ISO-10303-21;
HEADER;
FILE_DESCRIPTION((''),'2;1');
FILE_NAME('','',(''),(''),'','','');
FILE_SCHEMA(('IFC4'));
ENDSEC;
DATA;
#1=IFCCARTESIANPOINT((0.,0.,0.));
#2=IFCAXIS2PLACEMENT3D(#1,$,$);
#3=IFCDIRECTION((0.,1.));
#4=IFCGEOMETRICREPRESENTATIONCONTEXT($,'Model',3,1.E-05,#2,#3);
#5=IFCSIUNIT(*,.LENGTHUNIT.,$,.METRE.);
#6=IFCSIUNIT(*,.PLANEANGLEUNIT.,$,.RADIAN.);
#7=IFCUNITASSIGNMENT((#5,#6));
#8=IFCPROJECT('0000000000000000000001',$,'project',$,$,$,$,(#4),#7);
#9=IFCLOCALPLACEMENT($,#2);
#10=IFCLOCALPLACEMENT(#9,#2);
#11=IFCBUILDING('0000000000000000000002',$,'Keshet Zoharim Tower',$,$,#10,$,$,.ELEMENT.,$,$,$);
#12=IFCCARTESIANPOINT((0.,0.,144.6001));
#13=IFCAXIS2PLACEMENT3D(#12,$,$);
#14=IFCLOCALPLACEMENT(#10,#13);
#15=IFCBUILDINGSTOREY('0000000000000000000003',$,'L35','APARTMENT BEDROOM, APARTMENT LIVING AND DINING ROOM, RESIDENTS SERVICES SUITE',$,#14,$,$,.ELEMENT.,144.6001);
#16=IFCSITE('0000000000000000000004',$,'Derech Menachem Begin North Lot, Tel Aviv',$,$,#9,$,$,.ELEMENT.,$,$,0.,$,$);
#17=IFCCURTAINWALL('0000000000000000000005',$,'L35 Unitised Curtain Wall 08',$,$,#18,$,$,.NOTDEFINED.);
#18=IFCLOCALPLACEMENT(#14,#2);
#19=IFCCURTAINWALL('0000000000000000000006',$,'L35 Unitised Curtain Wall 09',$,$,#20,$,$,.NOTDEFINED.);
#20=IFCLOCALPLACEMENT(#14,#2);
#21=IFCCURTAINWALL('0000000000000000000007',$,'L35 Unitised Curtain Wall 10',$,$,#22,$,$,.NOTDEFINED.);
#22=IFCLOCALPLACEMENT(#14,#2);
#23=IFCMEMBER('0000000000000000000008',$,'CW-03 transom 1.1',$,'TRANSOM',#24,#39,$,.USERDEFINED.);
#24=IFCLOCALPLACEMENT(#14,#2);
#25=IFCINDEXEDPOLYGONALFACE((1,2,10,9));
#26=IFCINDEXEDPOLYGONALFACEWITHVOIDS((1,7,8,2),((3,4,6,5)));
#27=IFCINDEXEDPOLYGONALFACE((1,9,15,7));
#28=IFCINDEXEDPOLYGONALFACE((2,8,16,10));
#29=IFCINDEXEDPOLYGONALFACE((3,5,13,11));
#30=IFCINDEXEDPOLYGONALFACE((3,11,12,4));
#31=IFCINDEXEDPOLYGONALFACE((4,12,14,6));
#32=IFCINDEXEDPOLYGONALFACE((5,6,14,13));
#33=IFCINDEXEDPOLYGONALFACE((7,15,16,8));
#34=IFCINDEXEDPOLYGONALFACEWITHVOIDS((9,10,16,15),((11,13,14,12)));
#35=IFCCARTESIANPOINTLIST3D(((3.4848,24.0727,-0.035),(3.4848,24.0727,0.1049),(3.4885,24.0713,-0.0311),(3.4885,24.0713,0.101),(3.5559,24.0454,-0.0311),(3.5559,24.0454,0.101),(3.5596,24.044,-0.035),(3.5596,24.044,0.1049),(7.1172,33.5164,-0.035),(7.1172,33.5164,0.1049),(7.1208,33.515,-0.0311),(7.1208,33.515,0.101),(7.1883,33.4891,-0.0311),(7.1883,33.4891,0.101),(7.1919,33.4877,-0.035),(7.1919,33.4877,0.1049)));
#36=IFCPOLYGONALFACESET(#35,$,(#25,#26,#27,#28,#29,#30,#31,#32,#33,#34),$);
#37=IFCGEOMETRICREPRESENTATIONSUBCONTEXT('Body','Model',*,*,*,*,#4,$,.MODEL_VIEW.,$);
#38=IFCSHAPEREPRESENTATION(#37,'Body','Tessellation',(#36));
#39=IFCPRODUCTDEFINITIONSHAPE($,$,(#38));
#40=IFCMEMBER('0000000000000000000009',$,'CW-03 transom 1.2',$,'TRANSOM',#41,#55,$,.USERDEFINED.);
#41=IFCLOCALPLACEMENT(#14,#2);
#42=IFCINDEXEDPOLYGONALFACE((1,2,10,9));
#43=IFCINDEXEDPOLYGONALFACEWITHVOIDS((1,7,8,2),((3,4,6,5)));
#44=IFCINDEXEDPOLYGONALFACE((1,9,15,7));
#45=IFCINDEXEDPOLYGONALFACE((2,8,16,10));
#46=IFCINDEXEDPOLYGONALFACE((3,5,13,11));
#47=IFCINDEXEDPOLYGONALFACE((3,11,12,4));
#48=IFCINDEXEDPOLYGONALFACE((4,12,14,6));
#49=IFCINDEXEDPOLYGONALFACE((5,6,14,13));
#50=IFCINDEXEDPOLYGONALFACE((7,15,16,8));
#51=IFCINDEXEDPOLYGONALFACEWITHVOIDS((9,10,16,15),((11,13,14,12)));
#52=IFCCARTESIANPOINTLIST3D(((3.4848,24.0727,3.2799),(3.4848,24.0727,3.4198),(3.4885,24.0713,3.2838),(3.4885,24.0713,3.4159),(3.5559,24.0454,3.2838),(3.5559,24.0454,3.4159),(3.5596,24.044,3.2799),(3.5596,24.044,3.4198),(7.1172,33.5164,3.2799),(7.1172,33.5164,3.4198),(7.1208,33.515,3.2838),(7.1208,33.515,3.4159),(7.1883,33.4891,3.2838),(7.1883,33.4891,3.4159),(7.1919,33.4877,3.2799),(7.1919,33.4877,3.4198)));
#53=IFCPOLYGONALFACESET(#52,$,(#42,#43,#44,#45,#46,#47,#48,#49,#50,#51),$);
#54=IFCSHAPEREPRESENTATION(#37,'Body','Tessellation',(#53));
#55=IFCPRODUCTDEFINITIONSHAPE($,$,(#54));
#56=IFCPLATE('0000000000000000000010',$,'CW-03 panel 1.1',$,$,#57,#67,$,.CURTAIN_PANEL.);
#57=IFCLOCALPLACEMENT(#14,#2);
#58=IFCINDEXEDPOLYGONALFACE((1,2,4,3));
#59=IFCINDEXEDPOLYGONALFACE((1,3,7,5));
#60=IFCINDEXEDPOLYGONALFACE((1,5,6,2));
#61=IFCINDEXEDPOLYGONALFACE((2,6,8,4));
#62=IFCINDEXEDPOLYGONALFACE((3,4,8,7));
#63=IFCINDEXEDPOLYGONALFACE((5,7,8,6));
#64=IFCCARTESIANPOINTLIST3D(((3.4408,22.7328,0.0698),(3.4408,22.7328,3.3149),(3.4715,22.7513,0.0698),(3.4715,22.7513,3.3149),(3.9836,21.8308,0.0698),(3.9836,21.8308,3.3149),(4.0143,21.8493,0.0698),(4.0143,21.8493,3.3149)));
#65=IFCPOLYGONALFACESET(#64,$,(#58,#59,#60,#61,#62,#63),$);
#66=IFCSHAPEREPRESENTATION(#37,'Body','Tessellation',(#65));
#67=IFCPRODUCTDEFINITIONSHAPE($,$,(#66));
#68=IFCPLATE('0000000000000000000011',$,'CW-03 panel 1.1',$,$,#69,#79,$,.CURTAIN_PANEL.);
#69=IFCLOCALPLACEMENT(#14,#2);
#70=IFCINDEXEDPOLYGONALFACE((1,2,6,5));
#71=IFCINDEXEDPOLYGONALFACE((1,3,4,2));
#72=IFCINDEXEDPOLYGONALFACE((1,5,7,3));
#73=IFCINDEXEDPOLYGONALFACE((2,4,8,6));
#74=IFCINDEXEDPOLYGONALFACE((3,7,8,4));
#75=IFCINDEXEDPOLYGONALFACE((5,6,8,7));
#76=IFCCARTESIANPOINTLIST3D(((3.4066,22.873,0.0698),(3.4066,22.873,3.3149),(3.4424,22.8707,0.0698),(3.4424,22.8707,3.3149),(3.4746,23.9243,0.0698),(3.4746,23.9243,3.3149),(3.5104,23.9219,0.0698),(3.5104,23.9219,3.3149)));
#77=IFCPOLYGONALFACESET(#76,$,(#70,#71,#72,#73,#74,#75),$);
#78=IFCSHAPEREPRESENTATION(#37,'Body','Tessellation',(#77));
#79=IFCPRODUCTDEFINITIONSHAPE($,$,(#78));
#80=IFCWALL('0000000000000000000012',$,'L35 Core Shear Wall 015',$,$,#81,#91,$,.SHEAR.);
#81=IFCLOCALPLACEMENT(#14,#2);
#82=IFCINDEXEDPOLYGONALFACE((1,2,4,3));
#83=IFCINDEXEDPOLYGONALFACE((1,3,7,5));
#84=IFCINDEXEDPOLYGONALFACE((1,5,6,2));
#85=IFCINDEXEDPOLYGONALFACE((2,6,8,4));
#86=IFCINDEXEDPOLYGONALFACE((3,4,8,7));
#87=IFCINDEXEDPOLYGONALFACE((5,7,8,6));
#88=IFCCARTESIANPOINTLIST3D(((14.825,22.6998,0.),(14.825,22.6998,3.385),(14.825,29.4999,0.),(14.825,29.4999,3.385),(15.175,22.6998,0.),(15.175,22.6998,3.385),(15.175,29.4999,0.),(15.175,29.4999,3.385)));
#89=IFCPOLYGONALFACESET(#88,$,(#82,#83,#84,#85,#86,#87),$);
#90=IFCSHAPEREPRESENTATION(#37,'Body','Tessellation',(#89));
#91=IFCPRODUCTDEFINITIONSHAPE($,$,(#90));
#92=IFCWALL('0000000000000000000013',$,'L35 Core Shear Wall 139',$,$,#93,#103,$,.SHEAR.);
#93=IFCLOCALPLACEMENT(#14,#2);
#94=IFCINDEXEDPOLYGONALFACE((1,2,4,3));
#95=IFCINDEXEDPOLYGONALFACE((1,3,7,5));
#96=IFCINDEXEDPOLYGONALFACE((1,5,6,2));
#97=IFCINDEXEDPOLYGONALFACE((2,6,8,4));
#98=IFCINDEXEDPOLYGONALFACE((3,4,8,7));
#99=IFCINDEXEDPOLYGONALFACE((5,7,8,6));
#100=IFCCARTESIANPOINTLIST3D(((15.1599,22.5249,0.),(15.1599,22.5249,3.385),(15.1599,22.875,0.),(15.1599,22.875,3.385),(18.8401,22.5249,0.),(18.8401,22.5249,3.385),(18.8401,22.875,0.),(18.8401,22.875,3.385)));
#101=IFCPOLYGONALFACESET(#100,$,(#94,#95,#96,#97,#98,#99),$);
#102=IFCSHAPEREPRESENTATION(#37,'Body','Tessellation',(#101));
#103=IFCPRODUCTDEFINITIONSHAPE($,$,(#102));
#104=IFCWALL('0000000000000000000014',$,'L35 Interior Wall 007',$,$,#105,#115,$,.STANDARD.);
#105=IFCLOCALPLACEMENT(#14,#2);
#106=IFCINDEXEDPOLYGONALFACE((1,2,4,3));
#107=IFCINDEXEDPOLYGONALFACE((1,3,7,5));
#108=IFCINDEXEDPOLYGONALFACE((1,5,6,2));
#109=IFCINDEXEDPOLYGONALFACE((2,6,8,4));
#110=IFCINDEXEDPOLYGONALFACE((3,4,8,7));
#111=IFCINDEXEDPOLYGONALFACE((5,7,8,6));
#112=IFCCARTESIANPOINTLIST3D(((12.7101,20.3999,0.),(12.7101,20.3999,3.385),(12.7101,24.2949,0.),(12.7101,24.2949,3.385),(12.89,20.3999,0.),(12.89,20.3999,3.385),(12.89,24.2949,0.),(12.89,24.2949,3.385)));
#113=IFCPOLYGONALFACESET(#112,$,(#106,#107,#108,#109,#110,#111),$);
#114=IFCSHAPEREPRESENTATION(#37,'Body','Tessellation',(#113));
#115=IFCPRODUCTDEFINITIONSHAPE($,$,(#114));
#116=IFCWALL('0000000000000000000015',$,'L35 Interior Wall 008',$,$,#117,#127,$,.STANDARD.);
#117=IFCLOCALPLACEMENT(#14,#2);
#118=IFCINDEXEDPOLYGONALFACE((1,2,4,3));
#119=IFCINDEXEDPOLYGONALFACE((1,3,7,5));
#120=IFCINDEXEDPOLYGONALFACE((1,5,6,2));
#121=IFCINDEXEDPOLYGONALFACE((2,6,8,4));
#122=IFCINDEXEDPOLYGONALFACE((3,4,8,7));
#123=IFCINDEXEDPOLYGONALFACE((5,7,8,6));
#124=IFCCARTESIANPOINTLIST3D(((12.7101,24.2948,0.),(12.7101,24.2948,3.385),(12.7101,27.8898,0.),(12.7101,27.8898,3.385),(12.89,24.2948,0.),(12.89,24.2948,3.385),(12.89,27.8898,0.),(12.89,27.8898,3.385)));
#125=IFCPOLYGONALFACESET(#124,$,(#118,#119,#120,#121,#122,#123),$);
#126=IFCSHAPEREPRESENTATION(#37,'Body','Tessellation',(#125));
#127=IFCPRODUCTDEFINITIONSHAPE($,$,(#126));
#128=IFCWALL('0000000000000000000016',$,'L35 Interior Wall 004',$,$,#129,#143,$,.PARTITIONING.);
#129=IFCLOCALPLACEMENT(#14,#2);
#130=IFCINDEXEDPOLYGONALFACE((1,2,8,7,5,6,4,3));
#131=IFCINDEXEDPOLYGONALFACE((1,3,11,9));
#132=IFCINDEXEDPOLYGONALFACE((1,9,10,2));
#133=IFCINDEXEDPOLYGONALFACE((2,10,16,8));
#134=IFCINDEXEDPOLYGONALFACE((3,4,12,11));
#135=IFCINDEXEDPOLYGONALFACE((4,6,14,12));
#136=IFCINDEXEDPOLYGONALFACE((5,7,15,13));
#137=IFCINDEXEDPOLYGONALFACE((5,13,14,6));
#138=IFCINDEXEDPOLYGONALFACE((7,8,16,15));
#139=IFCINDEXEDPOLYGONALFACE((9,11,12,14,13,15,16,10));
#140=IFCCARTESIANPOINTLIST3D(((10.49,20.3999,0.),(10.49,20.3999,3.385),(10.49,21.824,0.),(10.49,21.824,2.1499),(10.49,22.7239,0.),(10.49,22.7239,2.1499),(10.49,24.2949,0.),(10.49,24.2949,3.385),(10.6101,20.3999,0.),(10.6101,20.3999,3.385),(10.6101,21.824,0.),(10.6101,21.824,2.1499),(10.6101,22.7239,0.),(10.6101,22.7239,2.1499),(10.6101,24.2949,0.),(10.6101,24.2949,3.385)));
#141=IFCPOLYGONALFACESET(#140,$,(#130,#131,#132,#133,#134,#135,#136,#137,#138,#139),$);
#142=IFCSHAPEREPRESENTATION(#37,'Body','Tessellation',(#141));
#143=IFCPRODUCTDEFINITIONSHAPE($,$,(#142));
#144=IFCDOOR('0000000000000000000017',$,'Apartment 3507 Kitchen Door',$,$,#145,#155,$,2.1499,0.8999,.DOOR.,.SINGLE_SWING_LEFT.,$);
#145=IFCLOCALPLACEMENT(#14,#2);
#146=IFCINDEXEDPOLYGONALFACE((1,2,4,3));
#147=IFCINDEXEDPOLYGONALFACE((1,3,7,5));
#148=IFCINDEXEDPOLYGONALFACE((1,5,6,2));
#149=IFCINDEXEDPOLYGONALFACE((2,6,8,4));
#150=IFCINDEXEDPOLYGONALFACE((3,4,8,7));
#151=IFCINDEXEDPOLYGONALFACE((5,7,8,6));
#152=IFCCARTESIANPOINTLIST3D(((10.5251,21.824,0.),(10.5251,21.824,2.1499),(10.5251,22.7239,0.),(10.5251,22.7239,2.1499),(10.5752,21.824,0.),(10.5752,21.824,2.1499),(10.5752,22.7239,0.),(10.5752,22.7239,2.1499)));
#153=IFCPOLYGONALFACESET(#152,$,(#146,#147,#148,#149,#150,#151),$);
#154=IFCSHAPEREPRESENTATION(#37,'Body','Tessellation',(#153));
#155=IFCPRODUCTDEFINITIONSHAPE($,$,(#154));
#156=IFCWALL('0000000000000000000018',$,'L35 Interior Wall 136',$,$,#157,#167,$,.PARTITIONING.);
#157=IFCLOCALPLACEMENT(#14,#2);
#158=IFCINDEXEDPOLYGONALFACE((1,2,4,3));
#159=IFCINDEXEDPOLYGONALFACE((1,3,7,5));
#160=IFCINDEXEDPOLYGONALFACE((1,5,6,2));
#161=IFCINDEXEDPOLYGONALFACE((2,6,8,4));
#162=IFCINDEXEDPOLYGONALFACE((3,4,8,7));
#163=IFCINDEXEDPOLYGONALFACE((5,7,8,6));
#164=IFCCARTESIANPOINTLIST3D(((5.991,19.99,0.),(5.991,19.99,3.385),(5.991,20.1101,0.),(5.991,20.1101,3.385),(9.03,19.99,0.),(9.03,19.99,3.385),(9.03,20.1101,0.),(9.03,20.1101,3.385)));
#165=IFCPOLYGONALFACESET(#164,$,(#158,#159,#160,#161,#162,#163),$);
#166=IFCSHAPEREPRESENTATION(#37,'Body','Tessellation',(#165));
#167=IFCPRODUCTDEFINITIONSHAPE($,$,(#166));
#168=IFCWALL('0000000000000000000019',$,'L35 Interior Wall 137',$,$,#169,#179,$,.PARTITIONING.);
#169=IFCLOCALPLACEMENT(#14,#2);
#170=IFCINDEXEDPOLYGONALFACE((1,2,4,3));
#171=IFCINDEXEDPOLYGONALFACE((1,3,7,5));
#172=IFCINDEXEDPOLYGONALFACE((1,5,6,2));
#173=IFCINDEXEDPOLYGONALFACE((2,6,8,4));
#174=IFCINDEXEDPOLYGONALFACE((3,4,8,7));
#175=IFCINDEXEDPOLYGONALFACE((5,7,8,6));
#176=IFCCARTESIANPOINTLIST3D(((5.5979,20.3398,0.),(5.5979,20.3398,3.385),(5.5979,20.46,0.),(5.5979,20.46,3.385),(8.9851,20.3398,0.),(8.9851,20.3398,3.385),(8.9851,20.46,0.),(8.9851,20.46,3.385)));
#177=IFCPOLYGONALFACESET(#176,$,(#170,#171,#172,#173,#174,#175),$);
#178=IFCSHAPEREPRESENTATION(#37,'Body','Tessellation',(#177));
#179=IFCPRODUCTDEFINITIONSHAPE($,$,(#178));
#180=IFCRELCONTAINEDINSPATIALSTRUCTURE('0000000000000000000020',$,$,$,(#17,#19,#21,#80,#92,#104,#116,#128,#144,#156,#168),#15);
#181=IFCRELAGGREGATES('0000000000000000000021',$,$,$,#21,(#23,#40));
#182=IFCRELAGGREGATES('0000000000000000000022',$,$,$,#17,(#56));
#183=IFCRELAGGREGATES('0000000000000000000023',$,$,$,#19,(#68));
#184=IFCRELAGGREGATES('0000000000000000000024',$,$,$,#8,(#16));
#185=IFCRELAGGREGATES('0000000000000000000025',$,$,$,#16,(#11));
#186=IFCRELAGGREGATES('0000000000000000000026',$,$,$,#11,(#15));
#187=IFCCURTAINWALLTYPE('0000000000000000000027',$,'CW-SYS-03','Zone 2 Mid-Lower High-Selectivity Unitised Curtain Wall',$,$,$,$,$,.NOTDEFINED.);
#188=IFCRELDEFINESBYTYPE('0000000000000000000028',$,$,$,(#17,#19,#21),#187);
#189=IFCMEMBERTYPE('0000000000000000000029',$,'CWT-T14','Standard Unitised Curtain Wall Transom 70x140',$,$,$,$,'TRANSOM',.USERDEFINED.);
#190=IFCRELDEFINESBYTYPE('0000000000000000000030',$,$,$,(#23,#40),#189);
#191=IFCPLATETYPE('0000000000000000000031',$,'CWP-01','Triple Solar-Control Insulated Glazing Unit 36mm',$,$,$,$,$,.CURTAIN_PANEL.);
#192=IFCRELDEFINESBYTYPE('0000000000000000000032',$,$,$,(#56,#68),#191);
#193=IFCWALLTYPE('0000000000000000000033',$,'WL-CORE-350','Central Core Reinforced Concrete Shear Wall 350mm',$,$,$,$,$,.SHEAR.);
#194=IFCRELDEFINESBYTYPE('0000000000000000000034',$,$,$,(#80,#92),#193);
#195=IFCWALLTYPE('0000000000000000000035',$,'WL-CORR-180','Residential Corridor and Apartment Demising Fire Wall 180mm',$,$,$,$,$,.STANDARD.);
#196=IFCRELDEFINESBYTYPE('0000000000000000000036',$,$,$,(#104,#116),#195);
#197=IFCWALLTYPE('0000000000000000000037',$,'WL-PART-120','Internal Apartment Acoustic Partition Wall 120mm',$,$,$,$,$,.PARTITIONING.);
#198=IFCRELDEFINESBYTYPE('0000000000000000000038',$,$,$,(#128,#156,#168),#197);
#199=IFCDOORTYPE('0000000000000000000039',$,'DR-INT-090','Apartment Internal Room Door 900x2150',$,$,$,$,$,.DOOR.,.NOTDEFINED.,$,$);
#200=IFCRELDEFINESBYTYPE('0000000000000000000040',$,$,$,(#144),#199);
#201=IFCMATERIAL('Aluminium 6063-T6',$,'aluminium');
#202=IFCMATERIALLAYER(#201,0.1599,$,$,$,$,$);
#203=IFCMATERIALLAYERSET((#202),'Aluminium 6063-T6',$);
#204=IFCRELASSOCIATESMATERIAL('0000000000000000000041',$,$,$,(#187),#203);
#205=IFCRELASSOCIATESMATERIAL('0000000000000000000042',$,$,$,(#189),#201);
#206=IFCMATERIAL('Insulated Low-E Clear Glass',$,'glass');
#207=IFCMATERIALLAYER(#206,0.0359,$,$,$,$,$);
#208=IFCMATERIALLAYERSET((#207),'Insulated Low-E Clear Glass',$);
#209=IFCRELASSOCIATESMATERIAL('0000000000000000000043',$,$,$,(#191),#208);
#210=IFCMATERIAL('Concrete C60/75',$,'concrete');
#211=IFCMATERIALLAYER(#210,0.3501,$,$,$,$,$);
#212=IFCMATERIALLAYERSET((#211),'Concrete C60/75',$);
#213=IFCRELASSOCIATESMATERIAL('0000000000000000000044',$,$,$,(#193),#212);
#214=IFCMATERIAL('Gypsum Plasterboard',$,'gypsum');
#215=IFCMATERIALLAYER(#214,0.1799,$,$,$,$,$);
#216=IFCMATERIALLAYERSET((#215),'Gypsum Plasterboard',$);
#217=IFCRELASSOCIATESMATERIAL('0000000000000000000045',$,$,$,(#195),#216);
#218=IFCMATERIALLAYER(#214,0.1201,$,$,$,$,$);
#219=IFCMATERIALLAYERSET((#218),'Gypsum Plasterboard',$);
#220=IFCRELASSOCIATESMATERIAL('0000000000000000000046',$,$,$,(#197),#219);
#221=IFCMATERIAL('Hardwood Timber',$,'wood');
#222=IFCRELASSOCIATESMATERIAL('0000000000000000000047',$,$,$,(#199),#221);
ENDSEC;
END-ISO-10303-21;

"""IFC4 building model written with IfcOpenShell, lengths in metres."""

from ifc_helpers import new_model, si_unit, direction, frame, frame_2d, origin, origin_2d, place, context, subcontext, project, spatial, rectangle, hollow_rectangle, extrude, material, layer, layer_set, material_profile, profile_set, type_object, element, fill, aggregate, save


model = new_model("IFC4")

# Units and contexts
model_context = context("Model", 3, precision=1e-05, world=origin(), true_north=direction((0.0, 1.0)))
body_context = subcontext(model_context, "Body", "Model", "MODEL_VIEW")
ifc_project = project(units=[si_unit("LENGTHUNIT", "METRE"), si_unit("PLANEANGLEUNIT", "RADIAN")], contexts=[model_context])

# Site, building, storey
site_placement = place(None, origin())
site = spatial("IfcSite", under=ifc_project, at=site_placement, Name="Derech Menachem Begin North Lot, Tel Aviv", CompositionType="ELEMENT", RefElevation=0.0)
building_placement = place(site_placement, origin())
building = spatial("IfcBuilding", under=site, at=building_placement, Name="Keshet Zoharim Tower", CompositionType="ELEMENT")
storey_placement = place(building_placement, frame((0.0, 0.0, 144.6001)))
storey = spatial("IfcBuildingStorey", under=building, at=storey_placement, Name="L35", Description="APARTMENT BEDROOM, APARTMENT LIVING AND DINING ROOM, RESIDENTS SERVICES SUITE", CompositionType="ELEMENT", Elevation=144.6001)

# Shared definitions
ifc_material_1 = material(Name="Concrete C60/75", Category="concrete")

# Shared definitions
ifc_material_2 = material(Name="Aluminium 6063-T6", Category="aluminium")
ifc_layer_1 = layer(ifc_material_2, 0.1599)
ifc_layer_set_1 = layer_set([ifc_layer_1], Name="Aluminium 6063-T6")
curtain_wall_type = type_object("IfcCurtainWallType", Name="CW-SYS-03", Description="Zone 2 Mid-Lower High-Selectivity Unitised Curtain Wall", PredefinedType="NOTDEFINED", material=ifc_layer_set_1)

# Curtain walls
curtain_wall_1_placement = place(storey_placement, origin())
curtain_wall_1 = element("IfcCurtainWall", 1, at=curtain_wall_1_placement, inside=storey, type_object=curtain_wall_type, Name="L35 Unitised Curtain Wall 08", PredefinedType="NOTDEFINED")
curtain_wall_2_placement = place(storey_placement, origin())
curtain_wall_2 = element("IfcCurtainWall", 2, at=curtain_wall_2_placement, inside=storey, type_object=curtain_wall_type, Name="L35 Unitised Curtain Wall 09", PredefinedType="NOTDEFINED")

# Curtain wall
curtain_wall_3_placement = place(storey_placement, origin())
curtain_wall_3 = element("IfcCurtainWall", 3, at=curtain_wall_3_placement, inside=storey, type_object=curtain_wall_type, Name="L35 Unitised Curtain Wall 10", PredefinedType="NOTDEFINED")

# Members
ifc_material_profile_1 = material_profile(ifc_material_2, hollow_rectangle(XDim=0.0801, YDim=0.1399, WallThickness=0.0039, at=origin_2d()), Name="TRN-80x140")
ifc_profile_set_1 = profile_set([ifc_material_profile_1], Name="Aluminium 6063-T6")
member_type_1 = type_object("IfcMemberType", Name="CWT-T14", Description="Standard Unitised Curtain Wall Transom 70x140", ElementType="TRANSOM", PredefinedType="USERDEFINED", material=ifc_profile_set_1)
member_1_placement = place(storey_placement, frame((3.5222, 24.0583, 0.0349), z_axis=(0.358994, 0.93334, 0.0), x_axis=(-0.93334, 0.358994, 0.0)))
member_1 = element("IfcMember", 4, at=member_1_placement, type_object=member_type_1, Name="CW-03 transom 1.1", ObjectType="TRANSOM", PredefinedType="USERDEFINED", context=body_context, shape_type="SweptSolid", body=[
    extrude(hollow_rectangle(XDim=0.0801, YDim=0.1399, WallThickness=0.0039, at=origin_2d()), origin(), (0.0, 0.0, 1.0), 10.1182),
])
member_2_placement = place(storey_placement, frame((3.5222, 24.0583, 3.3499), z_axis=(0.358994, 0.93334, 0.0), x_axis=(-0.93334, 0.358994, 0.0)))
member_2 = element("IfcMember", 5, at=member_2_placement, type_object=member_type_1, Name="CW-03 transom 1.2", ObjectType="TRANSOM", PredefinedType="USERDEFINED", context=body_context, shape_type="SweptSolid", body=[
    extrude(hollow_rectangle(XDim=0.0801, YDim=0.1399, WallThickness=0.0039, at=origin_2d()), origin(), (0.0, 0.0, 1.0), 10.1182),
])
aggregate(curtain_wall_3, [member_1, member_2])

# Plates
ifc_material_3 = material(Name="Insulated Low-E Clear Glass", Category="glass")
ifc_layer_2 = layer(ifc_material_3, 0.0359)
ifc_layer_set_2 = layer_set([ifc_layer_2], Name="Insulated Low-E Clear Glass")
plate_type = type_object("IfcPlateType", Name="CWP-01", Description="Triple Solar-Control Insulated Glazing Unit 36mm", PredefinedType="CURTAIN_PANEL", material=ifc_layer_set_2)
plate_1_placement = place(storey_placement, frame((3.7275, 22.291, 0.0698), z_axis=(0.0, 0.0, 1.0), x_axis=(-0.515605, 0.856826, 0.0)))
plate_1 = element("IfcPlate", 6, at=plate_1_placement, type_object=plate_type, Name="CW-03 panel 1.1", PredefinedType="CURTAIN_PANEL", context=body_context, shape_type="SweptSolid", body=[
    extrude(rectangle(XDim=1.0527, YDim=0.0359, at=origin_2d()), origin(), (0.0, 0.0, 1.0), 3.2451),
])
aggregate(curtain_wall_1, [plate_1])
plate_2_placement = place(storey_placement, frame((3.4585, 23.3975, 0.0698), z_axis=(0.0, 0.0, 1.0), x_axis=(0.064517, 0.997917, 0.0)))
plate_2 = element("IfcPlate", 7, at=plate_2_placement, type_object=plate_type, Name="CW-03 panel 1.1", PredefinedType="CURTAIN_PANEL", context=body_context, shape_type="SweptSolid", body=[
    extrude(rectangle(XDim=1.0535, YDim=0.0359, at=origin_2d()), origin(), (0.0, 0.0, 1.0), 3.2451),
])
aggregate(curtain_wall_2, [plate_2])

# Walls
ifc_layer_3 = layer(ifc_material_1, 0.3501)
ifc_layer_set_3 = layer_set([ifc_layer_3], Name="Concrete C60/75")
wall_type_1 = type_object("IfcWallType", Name="WL-CORE-350", Description="Central Core Reinforced Concrete Shear Wall 350mm", PredefinedType="SHEAR", material=ifc_layer_set_3)
wall_1_placement = place(storey_placement, frame((15.0, 22.7, 0.0), z_axis=(0.0, 0.0, 1.0), x_axis=(0.0, 1.0, 0.0)))
element("IfcWall", 8, at=wall_1_placement, inside=storey, type_object=wall_type_1, Name="L35 Core Shear Wall 015", PredefinedType="SHEAR", context=body_context, shape_type="SweptSolid", body=[
    extrude(rectangle(XDim=6.8, YDim=0.3501, at=frame_2d((3.3999, 0.0))), origin(), (0.0, 0.0, 1.0), 3.385),
])
wall_2_placement = place(storey_placement, frame((15.1599, 22.7, 0.0), z_axis=(0.0, 0.0, 1.0), x_axis=(1.0, 0.0, 0.0)))
element("IfcWall", 9, at=wall_2_placement, inside=storey, type_object=wall_type_1, Name="L35 Core Shear Wall 139", PredefinedType="SHEAR", context=body_context, shape_type="SweptSolid", body=[
    extrude(rectangle(XDim=3.6802, YDim=0.3501, at=frame_2d((1.8401, 0.0))), origin(), (0.0, 0.0, 1.0), 3.385),
])
ifc_material_4 = material(Name="Gypsum Plasterboard", Category="gypsum")
ifc_layer_4 = layer(ifc_material_4, 0.1799)
ifc_layer_set_4 = layer_set([ifc_layer_4], Name="Gypsum Plasterboard")
wall_type_2 = type_object("IfcWallType", Name="WL-CORR-180", Description="Residential Corridor and Apartment Demising Fire Wall 180mm", PredefinedType="STANDARD", material=ifc_layer_set_4)
wall_3_placement = place(storey_placement, frame((12.8, 20.3999, 0.0), z_axis=(0.0, 0.0, 1.0), x_axis=(0.0, 1.0, 0.0)))
element("IfcWall", 10, at=wall_3_placement, inside=storey, type_object=wall_type_2, Name="L35 Interior Wall 007", PredefinedType="STANDARD", context=body_context, shape_type="SweptSolid", body=[
    extrude(rectangle(XDim=3.895, YDim=0.1799, at=frame_2d((1.9475, 0.0))), origin(), (0.0, 0.0, 1.0), 3.385),
])
wall_4_placement = place(storey_placement, frame((12.8, 24.2949, 0.0), z_axis=(0.0, 0.0, 1.0), x_axis=(0.0, 1.0, 0.0)))
element("IfcWall", 11, at=wall_4_placement, inside=storey, type_object=wall_type_2, Name="L35 Interior Wall 008", PredefinedType="STANDARD", context=body_context, shape_type="SweptSolid", body=[
    extrude(rectangle(XDim=3.595, YDim=0.1799, at=frame_2d((1.7974, 0.0))), origin(), (0.0, 0.0, 1.0), 3.385),
])

# Shared definitions
ifc_layer_5 = layer(ifc_material_4, 0.1201)
ifc_layer_set_5 = layer_set([ifc_layer_5], Name="Gypsum Plasterboard")
wall_type_3 = type_object("IfcWallType", Name="WL-PART-120", Description="Internal Apartment Acoustic Partition Wall 120mm", PredefinedType="PARTITIONING", material=ifc_layer_set_5)
ifc_material_5 = material(Name="Hardwood Timber", Category="wood")
door_type_1 = type_object("IfcDoorType", Name="DR-INT-090", Description="Apartment Internal Room Door 900x2150", OperationType="NOTDEFINED", PredefinedType="DOOR", material=ifc_material_5)

# Wall, opening, door
wall_5_placement = place(storey_placement, frame((10.55, 20.3999, 0.0), z_axis=(0.0, 0.0, 1.0), x_axis=(0.0, 1.0, 0.0)))
wall_5 = element("IfcWall", 12, at=wall_5_placement, inside=storey, type_object=wall_type_3, Name="L35 Interior Wall 004", PredefinedType="PARTITIONING", context=body_context, shape_type="SweptSolid", body=[
    extrude(rectangle(XDim=3.895, YDim=0.1201, at=frame_2d((1.9475, 0.0))), origin(), (0.0, 0.0, 1.0), 3.385),
])
opening_1_placement = place(wall_5_placement, frame((1.4241, 0.0, 0.0)))
opening_1 = element("IfcOpeningElement", 13, at=opening_1_placement, cuts=wall_5, PredefinedType="OPENING", context=body_context, shape_type="SweptSolid", body=[
    extrude(rectangle(XDim=0.8999, YDim=2.1499, at=frame_2d((0.45, 1.075))), frame((0.0, 0.0701, 0.0), z_axis=(0.0, -1.0, 0.0), x_axis=(1.0, 0.0, 0.0)), (0.0, 0.0, 1.0), 0.1401),
])
door_1_placement = place(opening_1_placement, origin())
door_1 = element("IfcDoor", 14, at=door_1_placement, inside=storey, type_object=door_type_1, Name="Apartment 3507 Kitchen Door", OperationType="SINGLE_SWING_LEFT", OverallHeight=2.1499, OverallWidth=0.8999, PredefinedType="DOOR", context=body_context, shape_type="SweptSolid", body=[
    extrude(rectangle(XDim=0.8999, YDim=2.1499, at=frame_2d((0.45, 1.075))), frame((0.0, 0.0249, 0.0), z_axis=(0.0, -1.0, 0.0), x_axis=(1.0, 0.0, 0.0)), (0.0, 0.0, 1.0), 0.05),
])
fill(opening_1, door_1)

# Walls
wall_6_placement = place(storey_placement, frame((5.991, 20.05, 0.0), z_axis=(0.0, 0.0, 1.0), x_axis=(1.0, 0.0, 0.0)))
element("IfcWall", 15, at=wall_6_placement, inside=storey, type_object=wall_type_3, Name="L35 Interior Wall 136", PredefinedType="PARTITIONING", context=body_context, shape_type="SweptSolid", body=[
    extrude(rectangle(XDim=3.0391, YDim=0.1201, at=frame_2d((1.5195, 0.0))), origin(), (0.0, 0.0, 1.0), 3.385),
])
wall_7_placement = place(storey_placement, frame((5.5979, 20.3999, 0.0), z_axis=(0.0, 0.0, 1.0), x_axis=(1.0, 0.0, 0.0)))
element("IfcWall", 16, at=wall_7_placement, inside=storey, type_object=wall_type_3, Name="L35 Interior Wall 137", PredefinedType="PARTITIONING", context=body_context, shape_type="SweptSolid", body=[
    extrude(rectangle(XDim=3.3872, YDim=0.1201, at=frame_2d((1.6936, 0.0))), origin(), (0.0, 0.0, 1.0), 3.385),
])

save(model, "model.ifc")
